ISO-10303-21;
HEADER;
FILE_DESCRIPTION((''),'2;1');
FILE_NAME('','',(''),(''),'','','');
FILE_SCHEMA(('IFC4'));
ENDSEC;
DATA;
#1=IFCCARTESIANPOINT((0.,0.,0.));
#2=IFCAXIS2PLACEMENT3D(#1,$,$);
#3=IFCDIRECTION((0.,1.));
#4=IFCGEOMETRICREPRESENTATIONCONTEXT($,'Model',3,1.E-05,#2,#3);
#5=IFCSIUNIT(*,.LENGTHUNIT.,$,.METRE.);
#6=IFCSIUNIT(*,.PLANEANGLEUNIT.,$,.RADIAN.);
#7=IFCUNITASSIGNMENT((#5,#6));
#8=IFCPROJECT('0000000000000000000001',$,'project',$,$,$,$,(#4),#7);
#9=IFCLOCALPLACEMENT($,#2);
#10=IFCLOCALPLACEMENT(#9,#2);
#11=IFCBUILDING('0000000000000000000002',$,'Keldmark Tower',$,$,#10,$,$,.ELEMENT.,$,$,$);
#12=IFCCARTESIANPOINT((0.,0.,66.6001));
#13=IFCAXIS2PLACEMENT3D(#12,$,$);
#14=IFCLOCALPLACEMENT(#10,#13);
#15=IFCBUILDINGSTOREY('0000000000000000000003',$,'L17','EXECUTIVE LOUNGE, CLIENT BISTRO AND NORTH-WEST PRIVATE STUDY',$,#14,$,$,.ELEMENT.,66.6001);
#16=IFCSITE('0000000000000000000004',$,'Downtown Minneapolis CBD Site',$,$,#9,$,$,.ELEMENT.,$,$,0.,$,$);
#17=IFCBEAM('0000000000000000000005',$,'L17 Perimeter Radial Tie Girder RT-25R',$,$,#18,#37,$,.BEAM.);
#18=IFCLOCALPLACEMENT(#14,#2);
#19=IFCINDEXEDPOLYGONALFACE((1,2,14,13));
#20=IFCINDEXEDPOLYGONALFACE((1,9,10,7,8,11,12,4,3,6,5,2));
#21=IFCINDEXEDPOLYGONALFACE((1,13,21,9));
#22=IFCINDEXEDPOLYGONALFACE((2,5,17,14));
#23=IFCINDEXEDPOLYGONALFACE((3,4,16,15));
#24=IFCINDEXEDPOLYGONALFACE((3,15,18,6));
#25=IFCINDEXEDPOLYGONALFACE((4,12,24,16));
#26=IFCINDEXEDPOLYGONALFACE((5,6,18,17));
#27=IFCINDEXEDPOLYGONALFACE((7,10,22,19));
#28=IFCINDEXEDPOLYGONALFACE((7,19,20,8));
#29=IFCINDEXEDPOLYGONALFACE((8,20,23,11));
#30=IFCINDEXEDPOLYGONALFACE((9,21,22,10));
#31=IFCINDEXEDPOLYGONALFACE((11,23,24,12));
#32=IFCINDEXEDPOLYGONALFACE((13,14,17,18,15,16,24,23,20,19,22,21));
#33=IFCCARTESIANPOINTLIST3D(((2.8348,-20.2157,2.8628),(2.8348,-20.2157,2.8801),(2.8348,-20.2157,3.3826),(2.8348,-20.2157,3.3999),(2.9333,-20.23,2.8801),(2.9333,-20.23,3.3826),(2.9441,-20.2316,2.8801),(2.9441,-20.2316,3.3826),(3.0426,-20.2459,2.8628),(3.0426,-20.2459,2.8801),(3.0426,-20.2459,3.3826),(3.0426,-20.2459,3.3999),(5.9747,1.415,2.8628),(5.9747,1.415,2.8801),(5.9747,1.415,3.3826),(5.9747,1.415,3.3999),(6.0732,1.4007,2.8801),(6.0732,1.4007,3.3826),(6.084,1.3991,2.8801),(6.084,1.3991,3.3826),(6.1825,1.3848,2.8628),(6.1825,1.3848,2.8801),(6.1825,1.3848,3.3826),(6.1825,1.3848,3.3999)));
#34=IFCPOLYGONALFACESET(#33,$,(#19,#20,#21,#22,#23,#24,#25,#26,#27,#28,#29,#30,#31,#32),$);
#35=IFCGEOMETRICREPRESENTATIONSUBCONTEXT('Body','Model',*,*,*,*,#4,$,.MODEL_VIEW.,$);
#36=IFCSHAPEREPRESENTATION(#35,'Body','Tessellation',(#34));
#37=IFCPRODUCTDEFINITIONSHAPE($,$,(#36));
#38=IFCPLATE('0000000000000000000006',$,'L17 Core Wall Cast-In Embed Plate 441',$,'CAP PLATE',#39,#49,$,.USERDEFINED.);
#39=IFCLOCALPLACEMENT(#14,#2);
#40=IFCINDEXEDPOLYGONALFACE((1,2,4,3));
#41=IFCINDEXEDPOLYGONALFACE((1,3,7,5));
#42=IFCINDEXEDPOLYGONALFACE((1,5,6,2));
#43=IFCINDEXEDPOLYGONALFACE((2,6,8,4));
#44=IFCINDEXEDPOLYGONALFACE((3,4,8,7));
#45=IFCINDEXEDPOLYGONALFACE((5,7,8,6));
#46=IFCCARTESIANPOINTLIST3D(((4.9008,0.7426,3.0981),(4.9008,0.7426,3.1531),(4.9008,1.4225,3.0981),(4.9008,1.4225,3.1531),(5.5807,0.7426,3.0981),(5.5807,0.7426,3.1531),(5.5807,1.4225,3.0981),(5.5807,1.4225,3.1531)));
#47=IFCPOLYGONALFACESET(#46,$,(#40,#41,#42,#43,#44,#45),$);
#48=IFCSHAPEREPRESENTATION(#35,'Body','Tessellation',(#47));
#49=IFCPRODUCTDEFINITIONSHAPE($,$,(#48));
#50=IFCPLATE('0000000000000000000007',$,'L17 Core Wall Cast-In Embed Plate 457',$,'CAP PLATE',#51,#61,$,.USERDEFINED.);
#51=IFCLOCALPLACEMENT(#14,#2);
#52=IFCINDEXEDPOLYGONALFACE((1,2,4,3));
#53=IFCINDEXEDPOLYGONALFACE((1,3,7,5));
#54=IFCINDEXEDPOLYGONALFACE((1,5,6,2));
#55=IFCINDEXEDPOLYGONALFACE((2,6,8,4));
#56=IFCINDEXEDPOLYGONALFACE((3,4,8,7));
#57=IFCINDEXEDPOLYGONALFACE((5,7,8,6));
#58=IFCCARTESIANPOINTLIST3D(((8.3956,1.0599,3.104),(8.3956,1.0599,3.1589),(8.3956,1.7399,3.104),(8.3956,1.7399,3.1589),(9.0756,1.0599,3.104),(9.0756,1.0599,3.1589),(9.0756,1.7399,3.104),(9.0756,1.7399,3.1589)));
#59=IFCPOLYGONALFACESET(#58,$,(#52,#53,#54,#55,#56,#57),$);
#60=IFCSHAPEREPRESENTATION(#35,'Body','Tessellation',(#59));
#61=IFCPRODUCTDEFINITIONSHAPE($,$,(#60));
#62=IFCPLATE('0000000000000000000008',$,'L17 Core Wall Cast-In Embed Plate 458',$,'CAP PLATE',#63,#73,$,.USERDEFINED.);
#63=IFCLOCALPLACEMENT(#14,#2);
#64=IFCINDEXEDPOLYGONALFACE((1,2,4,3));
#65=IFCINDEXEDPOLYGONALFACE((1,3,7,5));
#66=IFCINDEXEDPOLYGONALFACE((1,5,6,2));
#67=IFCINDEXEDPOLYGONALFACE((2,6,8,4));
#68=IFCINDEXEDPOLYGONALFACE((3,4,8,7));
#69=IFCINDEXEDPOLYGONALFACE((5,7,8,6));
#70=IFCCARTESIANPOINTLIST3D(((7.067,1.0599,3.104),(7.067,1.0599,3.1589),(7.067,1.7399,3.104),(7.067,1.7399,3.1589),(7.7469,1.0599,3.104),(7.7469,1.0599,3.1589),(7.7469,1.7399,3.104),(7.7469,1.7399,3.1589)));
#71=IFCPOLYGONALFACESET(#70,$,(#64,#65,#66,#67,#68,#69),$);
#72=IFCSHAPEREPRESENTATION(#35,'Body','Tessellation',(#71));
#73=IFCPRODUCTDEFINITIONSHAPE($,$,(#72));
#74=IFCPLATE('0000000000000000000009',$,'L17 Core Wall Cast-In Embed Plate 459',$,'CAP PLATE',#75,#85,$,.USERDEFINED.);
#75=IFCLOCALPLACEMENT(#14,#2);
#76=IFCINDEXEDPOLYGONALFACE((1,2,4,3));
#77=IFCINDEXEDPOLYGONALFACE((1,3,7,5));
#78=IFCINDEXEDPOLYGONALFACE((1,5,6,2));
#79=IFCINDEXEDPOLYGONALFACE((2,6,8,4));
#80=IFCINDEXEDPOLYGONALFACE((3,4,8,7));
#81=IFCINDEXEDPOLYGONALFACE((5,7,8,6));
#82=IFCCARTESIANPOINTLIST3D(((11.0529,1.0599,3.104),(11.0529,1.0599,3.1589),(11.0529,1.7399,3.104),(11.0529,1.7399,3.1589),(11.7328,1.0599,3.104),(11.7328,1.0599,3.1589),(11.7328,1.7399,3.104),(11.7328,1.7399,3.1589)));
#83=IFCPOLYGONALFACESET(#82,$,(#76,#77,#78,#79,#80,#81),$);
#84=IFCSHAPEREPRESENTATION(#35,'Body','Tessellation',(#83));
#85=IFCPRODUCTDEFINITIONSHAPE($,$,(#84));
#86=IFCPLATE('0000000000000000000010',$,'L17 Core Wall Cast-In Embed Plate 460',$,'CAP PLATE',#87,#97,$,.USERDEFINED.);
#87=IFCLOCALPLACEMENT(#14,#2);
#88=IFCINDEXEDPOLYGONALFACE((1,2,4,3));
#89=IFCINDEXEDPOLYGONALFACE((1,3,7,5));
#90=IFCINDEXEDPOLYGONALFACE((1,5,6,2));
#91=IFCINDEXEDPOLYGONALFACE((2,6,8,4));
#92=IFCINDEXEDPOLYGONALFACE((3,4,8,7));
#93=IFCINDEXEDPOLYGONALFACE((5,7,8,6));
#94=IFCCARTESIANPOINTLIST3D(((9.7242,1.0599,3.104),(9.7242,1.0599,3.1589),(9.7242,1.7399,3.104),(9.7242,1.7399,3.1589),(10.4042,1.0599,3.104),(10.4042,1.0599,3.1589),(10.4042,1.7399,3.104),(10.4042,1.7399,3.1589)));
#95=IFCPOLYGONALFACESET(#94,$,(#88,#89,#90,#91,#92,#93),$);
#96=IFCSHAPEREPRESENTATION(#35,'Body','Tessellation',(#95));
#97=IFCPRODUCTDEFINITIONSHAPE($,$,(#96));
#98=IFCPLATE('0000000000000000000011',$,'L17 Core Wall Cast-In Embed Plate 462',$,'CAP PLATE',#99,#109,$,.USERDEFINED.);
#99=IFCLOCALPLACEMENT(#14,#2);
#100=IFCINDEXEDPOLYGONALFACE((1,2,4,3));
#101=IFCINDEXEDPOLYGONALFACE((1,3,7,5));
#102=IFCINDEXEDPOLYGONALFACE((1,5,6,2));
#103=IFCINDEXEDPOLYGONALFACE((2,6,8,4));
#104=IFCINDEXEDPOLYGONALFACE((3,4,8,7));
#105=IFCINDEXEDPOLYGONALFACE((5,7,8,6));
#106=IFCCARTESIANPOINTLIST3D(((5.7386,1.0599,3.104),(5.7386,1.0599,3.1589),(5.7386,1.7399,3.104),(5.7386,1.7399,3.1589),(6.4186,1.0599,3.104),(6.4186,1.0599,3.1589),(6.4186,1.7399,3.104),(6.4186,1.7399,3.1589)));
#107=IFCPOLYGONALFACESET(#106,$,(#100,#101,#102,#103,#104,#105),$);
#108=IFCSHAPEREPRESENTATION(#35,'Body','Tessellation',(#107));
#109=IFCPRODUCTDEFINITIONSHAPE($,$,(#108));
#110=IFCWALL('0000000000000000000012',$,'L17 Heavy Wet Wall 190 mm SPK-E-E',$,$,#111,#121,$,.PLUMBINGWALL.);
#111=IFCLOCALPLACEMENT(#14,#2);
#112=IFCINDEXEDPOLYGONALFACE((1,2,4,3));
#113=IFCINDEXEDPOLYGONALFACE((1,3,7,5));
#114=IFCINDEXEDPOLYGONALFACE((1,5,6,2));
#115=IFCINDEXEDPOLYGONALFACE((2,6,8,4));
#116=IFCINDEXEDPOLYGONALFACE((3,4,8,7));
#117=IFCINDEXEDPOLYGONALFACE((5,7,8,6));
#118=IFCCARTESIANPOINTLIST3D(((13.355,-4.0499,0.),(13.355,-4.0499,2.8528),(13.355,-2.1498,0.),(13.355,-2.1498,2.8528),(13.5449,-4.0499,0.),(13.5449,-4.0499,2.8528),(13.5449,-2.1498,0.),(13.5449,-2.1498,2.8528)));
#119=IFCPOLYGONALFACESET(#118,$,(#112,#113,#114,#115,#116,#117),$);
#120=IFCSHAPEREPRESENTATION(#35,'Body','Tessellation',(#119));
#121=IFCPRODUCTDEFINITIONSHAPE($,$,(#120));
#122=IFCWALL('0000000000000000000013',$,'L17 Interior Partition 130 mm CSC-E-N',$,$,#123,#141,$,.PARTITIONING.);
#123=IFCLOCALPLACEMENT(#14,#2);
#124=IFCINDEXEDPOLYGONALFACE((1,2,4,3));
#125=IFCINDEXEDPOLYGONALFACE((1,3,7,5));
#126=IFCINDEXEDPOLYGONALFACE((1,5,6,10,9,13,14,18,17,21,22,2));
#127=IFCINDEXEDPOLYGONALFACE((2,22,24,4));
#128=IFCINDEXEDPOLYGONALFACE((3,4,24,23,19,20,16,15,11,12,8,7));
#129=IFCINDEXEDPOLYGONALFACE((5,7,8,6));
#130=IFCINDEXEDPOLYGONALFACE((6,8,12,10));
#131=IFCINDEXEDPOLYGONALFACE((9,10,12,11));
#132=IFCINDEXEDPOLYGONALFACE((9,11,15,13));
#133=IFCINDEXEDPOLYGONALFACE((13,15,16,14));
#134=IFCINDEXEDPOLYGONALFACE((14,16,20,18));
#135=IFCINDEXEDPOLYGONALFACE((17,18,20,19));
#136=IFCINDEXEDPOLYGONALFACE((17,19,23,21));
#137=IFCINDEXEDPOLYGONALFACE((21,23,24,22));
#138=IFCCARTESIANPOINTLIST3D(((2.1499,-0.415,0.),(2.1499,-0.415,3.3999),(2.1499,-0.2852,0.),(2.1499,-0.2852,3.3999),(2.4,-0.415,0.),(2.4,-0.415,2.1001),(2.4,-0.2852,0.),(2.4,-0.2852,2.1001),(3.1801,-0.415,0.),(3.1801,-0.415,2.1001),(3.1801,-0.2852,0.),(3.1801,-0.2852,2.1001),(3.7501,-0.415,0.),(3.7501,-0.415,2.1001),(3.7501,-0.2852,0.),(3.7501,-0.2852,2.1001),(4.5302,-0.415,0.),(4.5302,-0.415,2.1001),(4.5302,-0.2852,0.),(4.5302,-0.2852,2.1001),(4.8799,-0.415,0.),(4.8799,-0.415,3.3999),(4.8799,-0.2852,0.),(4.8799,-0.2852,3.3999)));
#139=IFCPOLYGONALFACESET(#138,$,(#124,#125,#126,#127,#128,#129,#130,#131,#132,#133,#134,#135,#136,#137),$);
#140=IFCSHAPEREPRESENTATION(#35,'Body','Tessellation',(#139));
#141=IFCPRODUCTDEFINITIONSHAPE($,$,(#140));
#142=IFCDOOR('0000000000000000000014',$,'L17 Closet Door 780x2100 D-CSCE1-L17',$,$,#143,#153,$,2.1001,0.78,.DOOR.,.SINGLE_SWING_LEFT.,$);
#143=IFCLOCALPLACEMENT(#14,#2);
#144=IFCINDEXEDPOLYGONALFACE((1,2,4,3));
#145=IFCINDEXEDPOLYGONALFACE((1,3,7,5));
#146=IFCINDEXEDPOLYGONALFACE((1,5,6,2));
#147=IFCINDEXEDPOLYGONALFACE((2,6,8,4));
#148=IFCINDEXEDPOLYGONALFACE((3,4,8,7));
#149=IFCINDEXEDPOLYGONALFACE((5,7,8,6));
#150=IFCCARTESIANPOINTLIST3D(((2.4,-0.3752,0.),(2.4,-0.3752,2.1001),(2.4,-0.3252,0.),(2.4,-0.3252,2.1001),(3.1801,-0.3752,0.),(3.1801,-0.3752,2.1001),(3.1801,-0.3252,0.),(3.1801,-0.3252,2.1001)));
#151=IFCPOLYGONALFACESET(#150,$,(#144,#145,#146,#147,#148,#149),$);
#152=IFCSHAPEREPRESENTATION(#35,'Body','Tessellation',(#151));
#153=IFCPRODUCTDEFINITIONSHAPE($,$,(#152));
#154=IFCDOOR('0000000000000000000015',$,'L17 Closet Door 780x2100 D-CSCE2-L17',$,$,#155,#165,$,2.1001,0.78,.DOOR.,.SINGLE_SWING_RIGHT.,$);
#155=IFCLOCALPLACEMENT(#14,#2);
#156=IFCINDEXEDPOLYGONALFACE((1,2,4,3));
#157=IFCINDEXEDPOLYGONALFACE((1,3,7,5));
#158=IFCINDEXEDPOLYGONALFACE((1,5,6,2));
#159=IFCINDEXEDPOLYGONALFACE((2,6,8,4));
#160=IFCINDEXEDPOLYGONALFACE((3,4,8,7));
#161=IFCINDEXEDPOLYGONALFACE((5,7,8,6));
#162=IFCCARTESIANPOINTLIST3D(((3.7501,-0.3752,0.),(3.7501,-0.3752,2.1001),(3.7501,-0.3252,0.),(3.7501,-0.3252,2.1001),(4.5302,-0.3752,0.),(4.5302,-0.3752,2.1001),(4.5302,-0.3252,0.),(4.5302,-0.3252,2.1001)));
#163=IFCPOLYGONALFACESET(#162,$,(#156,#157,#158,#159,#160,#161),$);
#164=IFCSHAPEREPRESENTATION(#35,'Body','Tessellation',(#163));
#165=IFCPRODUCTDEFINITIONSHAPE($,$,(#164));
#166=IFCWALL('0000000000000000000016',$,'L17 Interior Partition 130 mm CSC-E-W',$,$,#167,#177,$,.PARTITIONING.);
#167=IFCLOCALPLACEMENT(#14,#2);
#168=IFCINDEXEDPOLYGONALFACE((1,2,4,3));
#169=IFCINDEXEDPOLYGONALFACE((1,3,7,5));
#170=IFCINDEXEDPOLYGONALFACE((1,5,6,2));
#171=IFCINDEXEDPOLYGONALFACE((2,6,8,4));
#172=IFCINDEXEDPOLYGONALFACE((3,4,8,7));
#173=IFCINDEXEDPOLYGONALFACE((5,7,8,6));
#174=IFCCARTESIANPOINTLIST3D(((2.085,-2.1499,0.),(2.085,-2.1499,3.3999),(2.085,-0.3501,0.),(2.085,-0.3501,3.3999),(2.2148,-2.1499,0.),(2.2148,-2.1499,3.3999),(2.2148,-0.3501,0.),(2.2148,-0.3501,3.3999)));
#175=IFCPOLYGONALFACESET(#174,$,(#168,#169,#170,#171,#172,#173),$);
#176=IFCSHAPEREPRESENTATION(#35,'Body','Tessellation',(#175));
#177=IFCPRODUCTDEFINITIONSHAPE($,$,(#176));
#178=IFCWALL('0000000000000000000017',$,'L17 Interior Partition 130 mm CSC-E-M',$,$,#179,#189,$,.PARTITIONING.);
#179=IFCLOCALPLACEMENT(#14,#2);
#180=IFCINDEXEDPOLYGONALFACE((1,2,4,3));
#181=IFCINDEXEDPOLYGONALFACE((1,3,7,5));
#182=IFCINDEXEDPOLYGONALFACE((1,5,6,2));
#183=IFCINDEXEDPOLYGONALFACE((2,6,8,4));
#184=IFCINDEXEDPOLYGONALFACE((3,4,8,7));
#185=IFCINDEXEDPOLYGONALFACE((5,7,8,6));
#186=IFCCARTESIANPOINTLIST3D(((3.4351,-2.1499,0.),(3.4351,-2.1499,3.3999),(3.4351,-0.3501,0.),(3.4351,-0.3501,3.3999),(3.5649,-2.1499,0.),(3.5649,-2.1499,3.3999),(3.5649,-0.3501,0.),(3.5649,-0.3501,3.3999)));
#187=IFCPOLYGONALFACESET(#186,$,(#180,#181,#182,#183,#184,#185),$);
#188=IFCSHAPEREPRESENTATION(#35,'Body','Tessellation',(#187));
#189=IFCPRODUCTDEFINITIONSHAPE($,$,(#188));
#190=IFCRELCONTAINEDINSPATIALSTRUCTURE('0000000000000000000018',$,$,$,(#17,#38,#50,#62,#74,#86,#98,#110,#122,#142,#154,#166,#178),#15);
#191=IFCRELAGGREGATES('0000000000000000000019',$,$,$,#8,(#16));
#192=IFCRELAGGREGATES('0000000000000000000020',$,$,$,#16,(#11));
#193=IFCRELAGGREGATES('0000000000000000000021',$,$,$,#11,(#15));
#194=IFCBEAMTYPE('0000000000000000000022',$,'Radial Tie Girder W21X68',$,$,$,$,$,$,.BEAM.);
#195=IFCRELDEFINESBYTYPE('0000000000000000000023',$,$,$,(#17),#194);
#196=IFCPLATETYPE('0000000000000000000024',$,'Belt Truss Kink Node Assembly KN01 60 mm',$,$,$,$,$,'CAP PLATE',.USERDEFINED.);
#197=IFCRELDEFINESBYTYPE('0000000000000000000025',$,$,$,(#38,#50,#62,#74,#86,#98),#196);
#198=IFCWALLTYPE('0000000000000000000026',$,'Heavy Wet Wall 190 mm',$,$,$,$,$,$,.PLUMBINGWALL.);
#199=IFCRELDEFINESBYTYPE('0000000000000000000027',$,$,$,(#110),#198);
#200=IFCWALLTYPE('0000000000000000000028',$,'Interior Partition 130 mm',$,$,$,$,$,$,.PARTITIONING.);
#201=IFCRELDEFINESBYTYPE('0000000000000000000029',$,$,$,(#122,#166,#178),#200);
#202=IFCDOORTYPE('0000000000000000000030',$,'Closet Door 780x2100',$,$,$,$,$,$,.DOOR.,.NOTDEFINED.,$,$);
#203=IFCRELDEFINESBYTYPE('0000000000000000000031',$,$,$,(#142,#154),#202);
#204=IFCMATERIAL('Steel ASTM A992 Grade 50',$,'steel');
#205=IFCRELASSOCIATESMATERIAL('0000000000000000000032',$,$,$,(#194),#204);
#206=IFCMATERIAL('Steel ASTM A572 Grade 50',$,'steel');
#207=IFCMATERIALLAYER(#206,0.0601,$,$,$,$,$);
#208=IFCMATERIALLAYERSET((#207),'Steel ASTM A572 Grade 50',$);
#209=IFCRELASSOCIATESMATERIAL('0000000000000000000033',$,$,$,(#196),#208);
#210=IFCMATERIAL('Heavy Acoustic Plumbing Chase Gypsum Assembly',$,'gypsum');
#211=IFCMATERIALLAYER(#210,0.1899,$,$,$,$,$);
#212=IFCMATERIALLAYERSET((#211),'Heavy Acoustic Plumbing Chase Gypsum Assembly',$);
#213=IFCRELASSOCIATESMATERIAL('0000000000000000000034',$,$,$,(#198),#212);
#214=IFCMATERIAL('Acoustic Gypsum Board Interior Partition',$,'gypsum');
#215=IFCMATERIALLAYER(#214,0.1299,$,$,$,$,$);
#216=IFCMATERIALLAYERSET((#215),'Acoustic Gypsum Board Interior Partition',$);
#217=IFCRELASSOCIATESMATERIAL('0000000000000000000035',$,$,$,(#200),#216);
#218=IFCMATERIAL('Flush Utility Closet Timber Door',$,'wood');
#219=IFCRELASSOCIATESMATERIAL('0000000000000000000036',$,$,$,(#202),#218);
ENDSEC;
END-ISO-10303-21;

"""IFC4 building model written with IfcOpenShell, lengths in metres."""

from ifc_helpers import new_model, si_unit, direction, frame, frame_2d, origin, origin_2d, place, context, subcontext, project, spatial, rectangle, i_section, extrude, material, layer, layer_set, material_profile, profile_set, type_object, element, fill, save


model = new_model("IFC4")

# Units and contexts
model_context = context("Model", 3, precision=1e-05, world=origin(), true_north=direction((0.0, 1.0)))
body_context = subcontext(model_context, "Body", "Model", "MODEL_VIEW")
ifc_project = project(units=[si_unit("LENGTHUNIT", "METRE"), si_unit("PLANEANGLEUNIT", "RADIAN")], contexts=[model_context])

# Site, building, storey
site_placement = place(None, origin())
site = spatial("IfcSite", under=ifc_project, at=site_placement, Name="Downtown Minneapolis CBD Site", CompositionType="ELEMENT", RefElevation=0.0)
building_placement = place(site_placement, origin())
building = spatial("IfcBuilding", under=site, at=building_placement, Name="Keldmark Tower", CompositionType="ELEMENT")
storey_placement = place(building_placement, frame((0.0, 0.0, 66.6001)))
storey = spatial("IfcBuildingStorey", under=building, at=storey_placement, Name="L17", Description="EXECUTIVE LOUNGE, CLIENT BISTRO AND NORTH-WEST PRIVATE STUDY", CompositionType="ELEMENT", Elevation=66.6001)

# Beam
ifc_material_1 = material(Name="Steel ASTM A992 Grade 50", Category="steel")
ifc_material_profile_1 = material_profile(ifc_material_1, i_section(OverallWidth=0.21, OverallDepth=0.5371, WebThickness=0.011, FlangeThickness=0.0173, at=origin_2d()), Name="W21X68")
ifc_profile_set_1 = profile_set([ifc_material_profile_1], Name="Steel ASTM A992 Grade 50")
beam_type = type_object("IfcBeamType", Name="Radial Tie Girder W21X68", PredefinedType="BEAM", material=ifc_profile_set_1)
beam_1_placement = place(storey_placement, frame((6.0786, 1.3999, 3.1313), z_axis=(-0.143654, -0.989628, 0.0), x_axis=(0.989628, -0.143654, 0.0)))
element("IfcBeam", 1, at=beam_1_placement, inside=storey, type_object=beam_type, Name="L17 Perimeter Radial Tie Girder RT-25R", PredefinedType="BEAM", context=body_context, shape_type="SweptSolid", body=[
    extrude(i_section(OverallWidth=0.21, OverallDepth=0.5371, WebThickness=0.011, FlangeThickness=0.0173, at=origin_2d()), origin(), (0.0, 0.0, 1.0), 21.8574),
])

# Plates
ifc_material_2 = material(Name="Steel ASTM A572 Grade 50", Category="steel")
ifc_layer_1 = layer(ifc_material_2, 0.0601)
ifc_layer_set_1 = layer_set([ifc_layer_1], Name="Steel ASTM A572 Grade 50")
plate_type = type_object("IfcPlateType", Name="Belt Truss Kink Node Assembly KN01 60 mm", ElementType="CAP PLATE", PredefinedType="USERDEFINED", material=ifc_layer_set_1)
for number, where, z_axis, x_axis, name in (
    (2, (5.2407, 1.0825, 3.0981), (0.0, 0.0, 1.0), (1.0, 0.0, 0.0), "L17 Core Wall Cast-In Embed Plate 441"),
    (3, (8.7356, 1.3999, 3.104), (0.0, 0.0, 1.0), (1.0, 0.0, 0.0), "L17 Core Wall Cast-In Embed Plate 457"),
    (4, (7.407, 1.3999, 3.104), (0.0, 0.0, 1.0), (1.0, 0.0, 0.0), "L17 Core Wall Cast-In Embed Plate 458"),
    (5, (11.3928, 1.3999, 3.104), (0.0, 0.0, 1.0), (1.0, 0.0, 0.0), "L17 Core Wall Cast-In Embed Plate 459"),
    (6, (10.0642, 1.3999, 3.104), (0.0, 0.0, 1.0), (1.0, 0.0, 0.0), "L17 Core Wall Cast-In Embed Plate 460"),
    (7, (6.0786, 1.3999, 3.104), (0.0, 0.0, 1.0), (1.0, 0.0, 0.0), "L17 Core Wall Cast-In Embed Plate 462"),
):
    element("IfcPlate", number, at=place(storey_placement, frame(where, z_axis=z_axis, x_axis=x_axis)), inside=storey, type_object=plate_type, Name=name, ObjectType="CAP PLATE", PredefinedType="USERDEFINED", context=body_context, shape_type="SweptSolid", body=[
        extrude(rectangle(XDim=0.6799, YDim=0.6799, at=origin_2d()), origin(), (0.0, 0.0, 1.0), 0.0549),
    ])

# Wall
ifc_material_3 = material(Name="Heavy Acoustic Plumbing Chase Gypsum Assembly", Category="gypsum")
ifc_layer_2 = layer(ifc_material_3, 0.1899)
ifc_layer_set_2 = layer_set([ifc_layer_2], Name="Heavy Acoustic Plumbing Chase Gypsum Assembly")
wall_type_1 = type_object("IfcWallType", Name="Heavy Wet Wall 190 mm", PredefinedType="PLUMBINGWALL", material=ifc_layer_set_2)
wall_1_placement = place(storey_placement, frame((13.45, -4.05, 0.0), z_axis=(0.0, 0.0, 1.0), x_axis=(0.0, 1.0, 0.0)))
element("IfcWall", 8, at=wall_1_placement, inside=storey, type_object=wall_type_1, Name="L17 Heavy Wet Wall 190 mm SPK-E-E", PredefinedType="PLUMBINGWALL", context=body_context, shape_type="SweptSolid", body=[
    extrude(rectangle(XDim=1.9001, YDim=0.1899, at=frame_2d((0.9502, 0.0))), origin(), (0.0, 0.0, 1.0), 2.8528),
])

# Wall, openings, doors
ifc_material_4 = material(Name="Acoustic Gypsum Board Interior Partition", Category="gypsum")
ifc_layer_3 = layer(ifc_material_4, 0.1299)
ifc_layer_set_3 = layer_set([ifc_layer_3], Name="Acoustic Gypsum Board Interior Partition")
wall_type_2 = type_object("IfcWallType", Name="Interior Partition 130 mm", PredefinedType="PARTITIONING", material=ifc_layer_set_3)
wall_2_placement = place(storey_placement, frame((2.1499, -0.3501, 0.0), z_axis=(0.0, 0.0, 1.0), x_axis=(1.0, 0.0, 0.0)))
wall_2 = element("IfcWall", 9, at=wall_2_placement, inside=storey, type_object=wall_type_2, Name="L17 Interior Partition 130 mm CSC-E-N", PredefinedType="PARTITIONING", context=body_context, shape_type="SweptSolid", body=[
    extrude(rectangle(XDim=2.73, YDim=0.1299, at=frame_2d((1.365, 0.0))), origin(), (0.0, 0.0, 1.0), 3.3999),
])
opening_1_placement = place(wall_2_placement, frame((0.25, 0.0, 0.0)))
opening_1 = element("IfcOpeningElement", 10, at=opening_1_placement, cuts=wall_2, PredefinedType="OPENING", context=body_context, shape_type="SweptSolid", body=[
    extrude(rectangle(XDim=0.78, YDim=2.1001, at=frame_2d((0.3901, 1.05))), frame((0.0, 0.075, 0.0), z_axis=(0.0, -1.0, 0.0), x_axis=(1.0, 0.0, 0.0)), (0.0, 0.0, 1.0), 0.1499),
])
opening_2_placement = place(wall_2_placement, frame((1.6001, 0.0, 0.0)))
opening_2 = element("IfcOpeningElement", 11, at=opening_2_placement, cuts=wall_2, PredefinedType="OPENING", context=body_context, shape_type="SweptSolid", body=[
    extrude(rectangle(XDim=0.78, YDim=2.1001, at=frame_2d((0.3901, 1.05))), frame((0.0, 0.075, 0.0), z_axis=(0.0, -1.0, 0.0), x_axis=(1.0, 0.0, 0.0)), (0.0, 0.0, 1.0), 0.1499),
])
ifc_material_5 = material(Name="Flush Utility Closet Timber Door", Category="wood")
door_type_1 = type_object("IfcDoorType", Name="Closet Door 780x2100", OperationType="NOTDEFINED", PredefinedType="DOOR", material=ifc_material_5)
door_1_placement = place(opening_1_placement, origin())
door_1 = element("IfcDoor", 12, at=door_1_placement, inside=storey, type_object=door_type_1, Name="L17 Closet Door 780x2100 D-CSCE1-L17", OperationType="SINGLE_SWING_LEFT", OverallHeight=2.1001, OverallWidth=0.78, PredefinedType="DOOR", context=body_context, shape_type="SweptSolid", body=[
    extrude(rectangle(XDim=0.78, YDim=2.1001, at=frame_2d((0.3901, 1.05))), frame((0.0, 0.0249, 0.0), z_axis=(0.0, -1.0, 0.0), x_axis=(1.0, 0.0, 0.0)), (0.0, 0.0, 1.0), 0.05),
])
fill(opening_1, door_1)
door_2_placement = place(opening_2_placement, origin())
door_2 = element("IfcDoor", 13, at=door_2_placement, inside=storey, type_object=door_type_1, Name="L17 Closet Door 780x2100 D-CSCE2-L17", OperationType="SINGLE_SWING_RIGHT", OverallHeight=2.1001, OverallWidth=0.78, PredefinedType="DOOR", context=body_context, shape_type="SweptSolid", body=[
    extrude(rectangle(XDim=0.78, YDim=2.1001, at=frame_2d((0.3901, 1.05))), frame((0.0, 0.0249, 0.0), z_axis=(0.0, -1.0, 0.0), x_axis=(1.0, 0.0, 0.0)), (0.0, 0.0, 1.0), 0.05),
])
fill(opening_2, door_2)

# Walls
for number, where, z_axis, x_axis, name in (
    (14, (2.1499, -2.1499, 0.0), (0.0, 0.0, 1.0), (0.0, 1.0, 0.0), "L17 Interior Partition 130 mm CSC-E-W"),
    (15, (3.5, -2.1499, 0.0), (0.0, 0.0, 1.0), (0.0, 1.0, 0.0), "L17 Interior Partition 130 mm CSC-E-M"),
):
    element("IfcWall", number, at=place(storey_placement, frame(where, z_axis=z_axis, x_axis=x_axis)), inside=storey, type_object=wall_type_2, Name=name, PredefinedType="PARTITIONING", context=body_context, shape_type="SweptSolid", body=[
        extrude(rectangle(XDim=1.7998, YDim=0.1299, at=frame_2d((0.8999, 0.0))), origin(), (0.0, 0.0, 1.0), 3.3999),
    ])

save(model, "model.ifc")
